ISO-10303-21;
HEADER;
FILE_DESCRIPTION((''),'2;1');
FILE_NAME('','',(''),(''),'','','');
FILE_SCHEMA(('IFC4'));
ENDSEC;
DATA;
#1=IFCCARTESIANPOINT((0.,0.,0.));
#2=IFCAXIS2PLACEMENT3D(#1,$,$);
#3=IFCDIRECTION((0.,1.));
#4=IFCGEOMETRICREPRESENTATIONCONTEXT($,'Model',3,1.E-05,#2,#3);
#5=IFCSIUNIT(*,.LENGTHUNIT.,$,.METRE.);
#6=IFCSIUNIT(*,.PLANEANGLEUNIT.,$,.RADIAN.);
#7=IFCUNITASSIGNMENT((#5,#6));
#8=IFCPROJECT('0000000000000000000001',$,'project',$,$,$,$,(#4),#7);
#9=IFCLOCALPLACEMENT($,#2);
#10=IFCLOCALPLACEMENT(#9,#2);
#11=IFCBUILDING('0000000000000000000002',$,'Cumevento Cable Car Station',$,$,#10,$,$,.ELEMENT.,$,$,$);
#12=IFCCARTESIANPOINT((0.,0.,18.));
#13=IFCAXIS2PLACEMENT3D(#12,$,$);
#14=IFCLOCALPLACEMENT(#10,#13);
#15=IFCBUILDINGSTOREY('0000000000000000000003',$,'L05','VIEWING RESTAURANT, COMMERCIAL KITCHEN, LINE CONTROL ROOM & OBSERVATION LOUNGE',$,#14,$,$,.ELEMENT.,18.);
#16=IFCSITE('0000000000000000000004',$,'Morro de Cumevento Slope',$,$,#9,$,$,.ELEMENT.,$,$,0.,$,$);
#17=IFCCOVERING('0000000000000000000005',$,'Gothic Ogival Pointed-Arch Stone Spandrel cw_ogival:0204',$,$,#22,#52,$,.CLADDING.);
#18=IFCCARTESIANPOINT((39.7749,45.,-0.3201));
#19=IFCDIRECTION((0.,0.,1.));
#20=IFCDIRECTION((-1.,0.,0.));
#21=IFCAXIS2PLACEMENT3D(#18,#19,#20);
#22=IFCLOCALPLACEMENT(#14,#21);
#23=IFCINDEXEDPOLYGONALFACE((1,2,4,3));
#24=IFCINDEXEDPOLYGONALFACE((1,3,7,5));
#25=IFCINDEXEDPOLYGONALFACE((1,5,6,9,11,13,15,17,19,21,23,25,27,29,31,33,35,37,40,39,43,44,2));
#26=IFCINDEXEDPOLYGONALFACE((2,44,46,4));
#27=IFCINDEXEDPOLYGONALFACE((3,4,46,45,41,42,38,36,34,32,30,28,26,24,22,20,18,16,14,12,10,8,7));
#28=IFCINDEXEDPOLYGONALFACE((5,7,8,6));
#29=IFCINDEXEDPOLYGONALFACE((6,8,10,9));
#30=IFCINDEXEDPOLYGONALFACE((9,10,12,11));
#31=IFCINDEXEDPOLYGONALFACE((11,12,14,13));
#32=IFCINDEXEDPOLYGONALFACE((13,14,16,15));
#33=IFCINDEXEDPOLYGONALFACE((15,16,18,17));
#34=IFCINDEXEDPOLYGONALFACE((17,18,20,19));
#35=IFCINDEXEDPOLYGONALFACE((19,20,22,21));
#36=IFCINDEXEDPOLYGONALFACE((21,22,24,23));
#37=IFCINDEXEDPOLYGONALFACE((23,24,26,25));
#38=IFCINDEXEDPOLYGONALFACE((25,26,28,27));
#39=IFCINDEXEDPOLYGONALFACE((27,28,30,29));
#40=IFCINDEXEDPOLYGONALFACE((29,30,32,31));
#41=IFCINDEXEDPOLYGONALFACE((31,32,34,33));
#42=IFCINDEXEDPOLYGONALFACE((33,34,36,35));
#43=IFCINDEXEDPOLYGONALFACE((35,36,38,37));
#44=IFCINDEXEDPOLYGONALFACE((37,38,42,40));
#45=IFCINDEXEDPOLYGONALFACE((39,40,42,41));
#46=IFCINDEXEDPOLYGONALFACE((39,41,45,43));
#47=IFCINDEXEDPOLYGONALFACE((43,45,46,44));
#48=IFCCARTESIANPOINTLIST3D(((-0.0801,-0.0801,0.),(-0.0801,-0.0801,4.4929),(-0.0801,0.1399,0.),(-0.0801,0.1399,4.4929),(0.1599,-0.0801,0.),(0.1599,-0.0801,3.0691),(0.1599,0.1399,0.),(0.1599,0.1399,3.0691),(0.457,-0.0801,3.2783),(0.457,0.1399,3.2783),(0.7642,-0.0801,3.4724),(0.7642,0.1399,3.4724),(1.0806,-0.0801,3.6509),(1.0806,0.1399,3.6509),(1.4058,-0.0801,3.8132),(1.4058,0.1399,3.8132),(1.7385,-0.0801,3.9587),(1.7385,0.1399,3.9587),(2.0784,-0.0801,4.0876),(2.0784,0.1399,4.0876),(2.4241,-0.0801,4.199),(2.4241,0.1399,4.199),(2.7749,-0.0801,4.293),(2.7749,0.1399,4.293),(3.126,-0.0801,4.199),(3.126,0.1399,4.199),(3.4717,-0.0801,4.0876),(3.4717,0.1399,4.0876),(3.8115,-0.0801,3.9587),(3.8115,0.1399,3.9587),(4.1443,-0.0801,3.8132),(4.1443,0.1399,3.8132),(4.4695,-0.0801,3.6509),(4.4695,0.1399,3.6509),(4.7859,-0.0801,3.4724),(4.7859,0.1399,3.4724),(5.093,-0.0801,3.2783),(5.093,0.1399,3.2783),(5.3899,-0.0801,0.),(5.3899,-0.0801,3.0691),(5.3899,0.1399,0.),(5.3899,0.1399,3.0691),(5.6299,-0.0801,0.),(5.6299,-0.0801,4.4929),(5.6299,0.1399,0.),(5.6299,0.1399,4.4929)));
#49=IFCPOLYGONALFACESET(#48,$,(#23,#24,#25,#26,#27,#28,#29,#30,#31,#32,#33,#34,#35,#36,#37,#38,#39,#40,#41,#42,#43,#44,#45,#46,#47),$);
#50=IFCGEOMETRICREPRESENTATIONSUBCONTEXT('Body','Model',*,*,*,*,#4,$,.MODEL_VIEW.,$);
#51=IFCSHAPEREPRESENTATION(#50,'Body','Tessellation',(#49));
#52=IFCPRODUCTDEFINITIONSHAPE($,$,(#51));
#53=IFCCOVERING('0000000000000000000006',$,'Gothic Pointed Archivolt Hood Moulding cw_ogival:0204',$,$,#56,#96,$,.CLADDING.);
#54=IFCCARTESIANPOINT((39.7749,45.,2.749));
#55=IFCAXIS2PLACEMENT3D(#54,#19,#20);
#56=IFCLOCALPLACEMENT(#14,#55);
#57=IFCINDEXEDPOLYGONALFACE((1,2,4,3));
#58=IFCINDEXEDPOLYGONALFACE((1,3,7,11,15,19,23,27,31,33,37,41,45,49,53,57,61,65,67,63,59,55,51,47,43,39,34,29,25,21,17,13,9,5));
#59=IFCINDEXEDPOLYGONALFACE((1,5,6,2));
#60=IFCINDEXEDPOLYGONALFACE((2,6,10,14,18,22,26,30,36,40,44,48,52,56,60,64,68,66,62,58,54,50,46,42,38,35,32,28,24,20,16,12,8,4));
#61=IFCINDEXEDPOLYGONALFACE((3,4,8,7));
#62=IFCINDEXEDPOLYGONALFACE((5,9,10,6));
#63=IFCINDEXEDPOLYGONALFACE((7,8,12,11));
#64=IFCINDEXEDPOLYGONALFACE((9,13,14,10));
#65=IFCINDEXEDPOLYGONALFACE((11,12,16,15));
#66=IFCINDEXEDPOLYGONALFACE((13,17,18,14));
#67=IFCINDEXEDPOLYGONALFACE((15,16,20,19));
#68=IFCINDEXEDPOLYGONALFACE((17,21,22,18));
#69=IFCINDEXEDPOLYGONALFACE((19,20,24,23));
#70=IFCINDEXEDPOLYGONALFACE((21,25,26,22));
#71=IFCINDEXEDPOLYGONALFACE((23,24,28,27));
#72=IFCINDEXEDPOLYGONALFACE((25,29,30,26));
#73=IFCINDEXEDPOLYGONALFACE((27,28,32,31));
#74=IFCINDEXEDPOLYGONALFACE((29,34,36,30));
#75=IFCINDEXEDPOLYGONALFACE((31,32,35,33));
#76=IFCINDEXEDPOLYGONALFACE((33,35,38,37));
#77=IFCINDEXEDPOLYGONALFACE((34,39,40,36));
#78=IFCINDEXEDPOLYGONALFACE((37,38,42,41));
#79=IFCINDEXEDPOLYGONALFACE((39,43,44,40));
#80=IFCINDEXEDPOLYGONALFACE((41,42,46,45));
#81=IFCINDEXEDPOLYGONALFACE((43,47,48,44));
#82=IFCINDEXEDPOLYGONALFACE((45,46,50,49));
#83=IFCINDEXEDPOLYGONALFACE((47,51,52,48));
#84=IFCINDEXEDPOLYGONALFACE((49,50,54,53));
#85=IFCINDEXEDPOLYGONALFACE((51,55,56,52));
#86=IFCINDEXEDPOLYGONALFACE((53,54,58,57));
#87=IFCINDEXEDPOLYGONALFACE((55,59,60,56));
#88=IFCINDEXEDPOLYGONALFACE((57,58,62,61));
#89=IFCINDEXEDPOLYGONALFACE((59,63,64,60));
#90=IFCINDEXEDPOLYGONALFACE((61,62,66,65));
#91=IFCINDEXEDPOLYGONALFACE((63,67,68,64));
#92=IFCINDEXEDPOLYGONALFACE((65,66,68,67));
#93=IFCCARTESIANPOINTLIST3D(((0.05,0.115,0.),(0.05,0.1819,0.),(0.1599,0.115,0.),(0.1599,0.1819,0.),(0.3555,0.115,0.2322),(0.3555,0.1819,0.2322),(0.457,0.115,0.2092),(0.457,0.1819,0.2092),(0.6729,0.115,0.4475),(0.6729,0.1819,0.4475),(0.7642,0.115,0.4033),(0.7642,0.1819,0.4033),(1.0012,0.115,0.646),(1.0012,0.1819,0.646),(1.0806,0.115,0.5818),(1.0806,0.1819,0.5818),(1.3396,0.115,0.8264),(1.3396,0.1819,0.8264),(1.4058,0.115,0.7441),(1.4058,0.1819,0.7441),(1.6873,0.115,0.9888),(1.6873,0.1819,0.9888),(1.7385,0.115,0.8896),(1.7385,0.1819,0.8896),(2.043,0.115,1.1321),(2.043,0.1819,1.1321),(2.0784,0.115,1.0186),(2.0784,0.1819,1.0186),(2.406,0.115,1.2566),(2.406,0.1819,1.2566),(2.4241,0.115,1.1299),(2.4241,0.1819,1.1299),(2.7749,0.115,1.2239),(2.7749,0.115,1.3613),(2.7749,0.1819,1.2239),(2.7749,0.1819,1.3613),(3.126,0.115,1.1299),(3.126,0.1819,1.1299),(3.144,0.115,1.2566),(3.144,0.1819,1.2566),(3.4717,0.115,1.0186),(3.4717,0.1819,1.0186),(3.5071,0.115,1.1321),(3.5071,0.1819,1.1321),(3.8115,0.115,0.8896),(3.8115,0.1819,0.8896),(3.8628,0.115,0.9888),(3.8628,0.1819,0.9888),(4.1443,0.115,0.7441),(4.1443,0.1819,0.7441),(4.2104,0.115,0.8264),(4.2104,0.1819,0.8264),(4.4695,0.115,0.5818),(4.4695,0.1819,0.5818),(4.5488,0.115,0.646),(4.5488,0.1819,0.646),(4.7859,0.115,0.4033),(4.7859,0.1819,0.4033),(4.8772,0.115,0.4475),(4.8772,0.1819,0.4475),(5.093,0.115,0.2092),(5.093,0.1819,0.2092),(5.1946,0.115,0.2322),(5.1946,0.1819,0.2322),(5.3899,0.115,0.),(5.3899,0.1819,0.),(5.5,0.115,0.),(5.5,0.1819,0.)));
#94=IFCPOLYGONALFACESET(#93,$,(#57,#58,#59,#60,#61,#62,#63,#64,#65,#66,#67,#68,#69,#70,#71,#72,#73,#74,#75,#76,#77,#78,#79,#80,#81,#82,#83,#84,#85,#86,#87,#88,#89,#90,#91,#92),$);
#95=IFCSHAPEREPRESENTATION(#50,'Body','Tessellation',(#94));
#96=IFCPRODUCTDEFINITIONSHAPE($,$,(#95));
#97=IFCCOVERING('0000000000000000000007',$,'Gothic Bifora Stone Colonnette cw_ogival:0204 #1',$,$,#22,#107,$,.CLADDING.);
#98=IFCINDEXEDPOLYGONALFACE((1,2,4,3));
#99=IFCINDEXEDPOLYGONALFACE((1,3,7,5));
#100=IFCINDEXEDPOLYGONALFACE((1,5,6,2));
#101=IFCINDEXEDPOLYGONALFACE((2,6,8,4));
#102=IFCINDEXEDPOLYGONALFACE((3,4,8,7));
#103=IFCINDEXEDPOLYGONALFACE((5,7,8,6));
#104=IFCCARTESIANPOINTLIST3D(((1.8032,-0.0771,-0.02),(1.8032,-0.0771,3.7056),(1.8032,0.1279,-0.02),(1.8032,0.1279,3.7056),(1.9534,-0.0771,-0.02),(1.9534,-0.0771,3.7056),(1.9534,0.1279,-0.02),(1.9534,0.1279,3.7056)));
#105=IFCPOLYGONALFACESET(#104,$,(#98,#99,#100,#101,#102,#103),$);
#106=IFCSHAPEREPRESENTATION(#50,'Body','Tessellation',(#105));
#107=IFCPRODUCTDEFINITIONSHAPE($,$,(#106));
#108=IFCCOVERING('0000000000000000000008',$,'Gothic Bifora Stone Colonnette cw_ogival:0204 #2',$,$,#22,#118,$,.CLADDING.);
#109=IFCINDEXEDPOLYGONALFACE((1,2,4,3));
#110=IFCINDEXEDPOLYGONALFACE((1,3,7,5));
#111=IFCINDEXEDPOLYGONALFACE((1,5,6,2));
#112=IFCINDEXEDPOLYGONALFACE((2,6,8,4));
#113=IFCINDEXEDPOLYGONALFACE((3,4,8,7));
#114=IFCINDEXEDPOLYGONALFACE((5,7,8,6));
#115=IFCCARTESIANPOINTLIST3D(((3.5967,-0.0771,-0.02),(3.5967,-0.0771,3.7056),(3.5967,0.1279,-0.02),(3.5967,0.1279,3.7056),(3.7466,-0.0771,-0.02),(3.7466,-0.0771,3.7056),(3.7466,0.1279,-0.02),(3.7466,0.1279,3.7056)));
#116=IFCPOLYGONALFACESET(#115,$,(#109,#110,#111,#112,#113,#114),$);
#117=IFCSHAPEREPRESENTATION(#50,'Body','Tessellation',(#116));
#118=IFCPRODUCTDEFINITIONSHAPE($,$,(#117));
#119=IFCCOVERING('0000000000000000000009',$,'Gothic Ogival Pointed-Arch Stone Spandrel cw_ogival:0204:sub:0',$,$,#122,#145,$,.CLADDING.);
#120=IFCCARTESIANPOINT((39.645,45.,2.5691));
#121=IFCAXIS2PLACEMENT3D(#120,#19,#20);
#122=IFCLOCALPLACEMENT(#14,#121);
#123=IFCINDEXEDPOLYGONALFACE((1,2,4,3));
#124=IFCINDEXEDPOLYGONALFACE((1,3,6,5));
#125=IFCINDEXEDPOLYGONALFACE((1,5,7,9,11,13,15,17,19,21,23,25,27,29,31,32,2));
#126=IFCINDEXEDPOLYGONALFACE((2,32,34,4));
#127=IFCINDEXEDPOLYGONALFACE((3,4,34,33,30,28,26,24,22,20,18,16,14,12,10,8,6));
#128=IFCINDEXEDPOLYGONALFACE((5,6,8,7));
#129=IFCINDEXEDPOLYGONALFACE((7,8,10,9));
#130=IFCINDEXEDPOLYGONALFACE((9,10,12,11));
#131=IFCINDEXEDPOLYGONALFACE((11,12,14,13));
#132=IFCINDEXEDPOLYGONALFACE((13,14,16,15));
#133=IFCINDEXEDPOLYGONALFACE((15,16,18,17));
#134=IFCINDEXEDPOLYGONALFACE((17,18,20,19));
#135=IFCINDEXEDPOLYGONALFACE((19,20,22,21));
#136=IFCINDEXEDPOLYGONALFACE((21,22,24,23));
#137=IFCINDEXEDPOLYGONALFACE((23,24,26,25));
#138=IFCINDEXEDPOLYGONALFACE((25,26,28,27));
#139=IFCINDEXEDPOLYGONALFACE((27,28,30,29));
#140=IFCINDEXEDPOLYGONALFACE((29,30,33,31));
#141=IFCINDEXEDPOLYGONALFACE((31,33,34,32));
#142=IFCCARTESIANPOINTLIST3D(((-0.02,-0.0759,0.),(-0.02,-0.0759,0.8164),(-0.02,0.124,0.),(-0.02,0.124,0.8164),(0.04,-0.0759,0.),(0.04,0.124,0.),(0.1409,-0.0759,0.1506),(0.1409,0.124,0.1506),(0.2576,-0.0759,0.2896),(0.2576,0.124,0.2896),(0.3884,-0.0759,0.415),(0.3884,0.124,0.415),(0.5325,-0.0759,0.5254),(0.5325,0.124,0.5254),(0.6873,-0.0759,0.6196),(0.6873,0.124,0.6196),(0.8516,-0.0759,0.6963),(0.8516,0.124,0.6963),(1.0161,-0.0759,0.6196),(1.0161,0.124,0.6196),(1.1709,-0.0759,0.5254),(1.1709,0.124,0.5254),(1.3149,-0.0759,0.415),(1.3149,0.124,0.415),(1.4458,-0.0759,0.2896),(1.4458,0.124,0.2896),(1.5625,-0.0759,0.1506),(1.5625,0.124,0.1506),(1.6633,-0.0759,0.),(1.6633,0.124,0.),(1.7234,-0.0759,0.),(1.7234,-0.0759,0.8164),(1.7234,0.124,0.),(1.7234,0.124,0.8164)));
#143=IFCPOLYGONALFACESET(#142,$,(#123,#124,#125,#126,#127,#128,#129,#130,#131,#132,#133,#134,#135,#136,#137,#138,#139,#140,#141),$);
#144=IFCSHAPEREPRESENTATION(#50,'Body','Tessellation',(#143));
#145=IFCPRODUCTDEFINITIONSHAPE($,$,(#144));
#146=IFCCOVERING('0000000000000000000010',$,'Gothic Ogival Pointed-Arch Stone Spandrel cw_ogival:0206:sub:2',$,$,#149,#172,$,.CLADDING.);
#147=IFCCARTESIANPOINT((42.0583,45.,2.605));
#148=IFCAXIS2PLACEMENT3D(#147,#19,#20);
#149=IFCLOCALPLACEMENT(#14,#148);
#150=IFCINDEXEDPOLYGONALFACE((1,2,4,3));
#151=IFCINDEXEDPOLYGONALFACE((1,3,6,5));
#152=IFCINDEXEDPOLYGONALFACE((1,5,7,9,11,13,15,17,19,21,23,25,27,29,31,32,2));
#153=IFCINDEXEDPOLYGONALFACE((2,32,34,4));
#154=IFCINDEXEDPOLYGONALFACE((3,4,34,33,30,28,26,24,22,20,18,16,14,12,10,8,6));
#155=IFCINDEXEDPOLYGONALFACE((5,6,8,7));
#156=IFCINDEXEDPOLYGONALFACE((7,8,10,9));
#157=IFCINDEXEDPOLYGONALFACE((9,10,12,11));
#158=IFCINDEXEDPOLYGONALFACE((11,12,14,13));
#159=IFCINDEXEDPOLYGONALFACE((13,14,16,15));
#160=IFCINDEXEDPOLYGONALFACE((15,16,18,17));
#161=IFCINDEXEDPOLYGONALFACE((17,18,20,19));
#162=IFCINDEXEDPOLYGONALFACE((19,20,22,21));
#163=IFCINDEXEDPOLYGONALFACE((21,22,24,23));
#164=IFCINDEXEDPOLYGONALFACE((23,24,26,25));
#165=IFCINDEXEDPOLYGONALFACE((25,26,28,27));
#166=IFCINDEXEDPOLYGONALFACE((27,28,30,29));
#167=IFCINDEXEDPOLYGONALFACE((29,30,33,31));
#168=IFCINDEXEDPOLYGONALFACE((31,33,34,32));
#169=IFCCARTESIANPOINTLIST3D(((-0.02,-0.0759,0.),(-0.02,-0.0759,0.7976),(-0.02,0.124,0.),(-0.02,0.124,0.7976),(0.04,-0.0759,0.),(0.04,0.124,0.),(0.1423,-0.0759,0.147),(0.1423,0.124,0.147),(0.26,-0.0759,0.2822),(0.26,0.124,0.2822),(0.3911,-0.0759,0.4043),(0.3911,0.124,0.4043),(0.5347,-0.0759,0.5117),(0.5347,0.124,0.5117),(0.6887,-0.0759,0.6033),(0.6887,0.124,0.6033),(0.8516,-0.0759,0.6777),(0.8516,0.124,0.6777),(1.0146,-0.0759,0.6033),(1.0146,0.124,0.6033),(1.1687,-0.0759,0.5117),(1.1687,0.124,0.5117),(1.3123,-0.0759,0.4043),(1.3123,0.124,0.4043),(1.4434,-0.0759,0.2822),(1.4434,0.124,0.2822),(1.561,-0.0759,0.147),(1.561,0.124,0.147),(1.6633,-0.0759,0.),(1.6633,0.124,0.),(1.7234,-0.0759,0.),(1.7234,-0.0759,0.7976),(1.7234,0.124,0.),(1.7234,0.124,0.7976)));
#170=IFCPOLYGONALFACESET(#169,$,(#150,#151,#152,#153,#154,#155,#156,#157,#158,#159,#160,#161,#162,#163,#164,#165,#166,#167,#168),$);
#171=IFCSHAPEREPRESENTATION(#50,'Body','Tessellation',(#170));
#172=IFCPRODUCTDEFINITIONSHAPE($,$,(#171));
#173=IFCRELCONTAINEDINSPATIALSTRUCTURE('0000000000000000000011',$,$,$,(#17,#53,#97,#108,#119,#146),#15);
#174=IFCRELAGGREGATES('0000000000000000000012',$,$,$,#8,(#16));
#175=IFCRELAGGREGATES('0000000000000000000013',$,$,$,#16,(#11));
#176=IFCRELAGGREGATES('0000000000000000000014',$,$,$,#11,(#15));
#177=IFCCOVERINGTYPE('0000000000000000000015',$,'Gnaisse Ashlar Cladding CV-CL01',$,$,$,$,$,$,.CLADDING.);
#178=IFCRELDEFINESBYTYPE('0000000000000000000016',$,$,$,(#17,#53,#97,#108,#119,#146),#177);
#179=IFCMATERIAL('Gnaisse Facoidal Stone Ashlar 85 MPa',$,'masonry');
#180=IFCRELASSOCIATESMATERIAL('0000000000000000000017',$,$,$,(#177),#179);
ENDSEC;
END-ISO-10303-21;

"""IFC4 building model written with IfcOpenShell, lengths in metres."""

from ifc_helpers import new_model, si_unit, direction, frame, origin, place, context, subcontext, project, spatial, polyline, outline, extrude, material, type_object, element, save


model = new_model("IFC4")

# Units and contexts
model_context = context("Model", 3, precision=1e-05, world=origin(), true_north=direction((0.0, 1.0)))
body_context = subcontext(model_context, "Body", "Model", "MODEL_VIEW")
ifc_project = project(units=[si_unit("LENGTHUNIT", "METRE"), si_unit("PLANEANGLEUNIT", "RADIAN")], contexts=[model_context])

# Site, building, storey
site_placement = place(None, origin())
site = spatial("IfcSite", under=ifc_project, at=site_placement, Name="Morro de Cumevento Slope", CompositionType="ELEMENT", RefElevation=0.0)
building_placement = place(site_placement, origin())
building = spatial("IfcBuilding", under=site, at=building_placement, Name="Cumevento Cable Car Station", CompositionType="ELEMENT")
storey_placement = place(building_placement, frame((0.0, 0.0, 18.0)))
storey = spatial("IfcBuildingStorey", under=building, at=storey_placement, Name="L05", Description="VIEWING RESTAURANT, COMMERCIAL KITCHEN, LINE CONTROL ROOM & OBSERVATION LOUNGE", CompositionType="ELEMENT", Elevation=18.0)

# Coverings
ifc_material_1 = material(Name="Gnaisse Facoidal Stone Ashlar 85 MPa", Category="masonry")
covering_type = type_object("IfcCoveringType", Name="Gnaisse Ashlar Cladding CV-CL01", PredefinedType="CLADDING", material=ifc_material_1)
placement = place(storey_placement, frame((39.7749, 45.0, -0.3201), z_axis=(0.0, 0.0, 1.0), x_axis=(-1.0, 0.0, 0.0)))
element("IfcCovering", 1, at=placement, inside=storey, type_object=covering_type, Name="Gothic Ogival Pointed-Arch Stone Spandrel cw_ogival:0204", PredefinedType="CLADDING", context=body_context, shape_type="SweptSolid", body=[
    extrude(outline(polyline([(-0.0801, 0.0), (-0.0801, 4.4929), (5.6299, 4.4929), (5.6299, 0.0), (5.3899, 0.0), (5.3899, 3.0691), (5.093, 3.2783), (4.7859, 3.4724), (4.4695, 3.6509), (4.1443, 3.8132), (3.8115, 3.9587), (3.4717, 4.0876), (3.126, 4.199), (2.7749, 4.293), (2.4241, 4.199), (2.0784, 4.0876), (1.7385, 3.9587), (1.4058, 3.8132), (1.0806, 3.6509), (0.7642, 3.4724), (0.457, 3.2783), (0.1599, 3.0691), (0.1599, 0.0), (-0.0801, 0.0)])), frame((0.0, 0.1399, 0.0), z_axis=(0.0, -1.0, 0.0), x_axis=(1.0, 0.0, 0.0)), (0.0, 0.0, 1.0), 0.22),
])
covering_1_placement = place(storey_placement, frame((39.7749, 45.0, 2.749), z_axis=(0.0, 0.0, 1.0), x_axis=(-1.0, 0.0, 0.0)))
element("IfcCovering", 2, at=covering_1_placement, inside=storey, type_object=covering_type, Name="Gothic Pointed Archivolt Hood Moulding cw_ogival:0204", PredefinedType="CLADDING", context=body_context, shape_type="SweptSolid", body=[
    extrude(outline(polyline([(0.1599, 0.0), (0.457, 0.2092), (0.7642, 0.4033), (1.0806, 0.5818), (1.4058, 0.7441), (1.7385, 0.8896), (2.0784, 1.0186), (2.4241, 1.1299), (2.7749, 1.2239), (3.126, 1.1299), (3.4717, 1.0186), (3.8115, 0.8896), (4.1443, 0.7441), (4.4695, 0.5818), (4.7859, 0.4033), (5.093, 0.2092), (5.3899, 0.0), (5.5, 0.0), (5.1946, 0.2322), (4.8772, 0.4475), (4.5488, 0.646), (4.2104, 0.8264), (3.8628, 0.9888), (3.5071, 1.1321), (3.144, 1.2566), (2.7749, 1.3613), (2.406, 1.2566), (2.043, 1.1321), (1.6873, 0.9888), (1.3396, 0.8264), (1.0012, 0.646), (0.6729, 0.4475), (0.3555, 0.2322), (0.05, 0.0), (0.1599, 0.0)])), frame((0.0, 0.1819, 0.0), z_axis=(0.0, -1.0, 0.0), x_axis=(1.0, 0.0, 0.0)), (0.0, 0.0, 1.0), 0.0669),
])
element("IfcCovering", 3, at=placement, inside=storey, type_object=covering_type, Name="Gothic Bifora Stone Colonnette cw_ogival:0204 #1", PredefinedType="CLADDING", context=body_context, shape_type="SweptSolid", body=[
    extrude(outline(polyline([(1.8032, -0.02), (1.9534, -0.02), (1.9534, 3.7056), (1.8032, 3.7056), (1.8032, -0.02)])), frame((0.0, 0.1279, 0.0), z_axis=(0.0, -1.0, 0.0), x_axis=(1.0, 0.0, 0.0)), (0.0, 0.0, 1.0), 0.2051),
])
element("IfcCovering", 4, at=placement, inside=storey, type_object=covering_type, Name="Gothic Bifora Stone Colonnette cw_ogival:0204 #2", PredefinedType="CLADDING", context=body_context, shape_type="SweptSolid", body=[
    extrude(outline(polyline([(3.5967, -0.02), (3.7466, -0.02), (3.7466, 3.7056), (3.5967, 3.7056), (3.5967, -0.02)])), frame((0.0, 0.1279, 0.0), z_axis=(0.0, -1.0, 0.0), x_axis=(1.0, 0.0, 0.0)), (0.0, 0.0, 1.0), 0.2051),
])
covering_2_placement = place(storey_placement, frame((39.645, 45.0, 2.5691), z_axis=(0.0, 0.0, 1.0), x_axis=(-1.0, 0.0, 0.0)))
element("IfcCovering", 5, at=covering_2_placement, inside=storey, type_object=covering_type, Name="Gothic Ogival Pointed-Arch Stone Spandrel cw_ogival:0204:sub:0", PredefinedType="CLADDING", context=body_context, shape_type="SweptSolid", body=[
    extrude(outline(polyline([(-0.02, 0.0), (-0.02, 0.8164), (1.7234, 0.8164), (1.7234, 0.0), (1.6633, 0.0), (1.5625, 0.1506), (1.4458, 0.2896), (1.3149, 0.415), (1.1709, 0.5254), (1.0161, 0.6196), (0.8516, 0.6963), (0.6873, 0.6196), (0.5325, 0.5254), (0.3884, 0.415), (0.2576, 0.2896), (0.1409, 0.1506), (0.04, 0.0), (-0.02, 0.0)])), frame((0.0, 0.124, 0.0), z_axis=(0.0, -1.0, 0.0), x_axis=(1.0, 0.0, 0.0)), (0.0, 0.0, 1.0), 0.2),
])
covering_3_placement = place(storey_placement, frame((42.0583, 45.0, 2.605), z_axis=(0.0, 0.0, 1.0), x_axis=(-1.0, 0.0, 0.0)))
element("IfcCovering", 6, at=covering_3_placement, inside=storey, type_object=covering_type, Name="Gothic Ogival Pointed-Arch Stone Spandrel cw_ogival:0206:sub:2", PredefinedType="CLADDING", context=body_context, shape_type="SweptSolid", body=[
    extrude(outline(polyline([(-0.02, 0.0), (-0.02, 0.7976), (1.7234, 0.7976), (1.7234, 0.0), (1.6633, 0.0), (1.561, 0.147), (1.4434, 0.2822), (1.3123, 0.4043), (1.1687, 0.5117), (1.0146, 0.6033), (0.8516, 0.6777), (0.6887, 0.6033), (0.5347, 0.5117), (0.3911, 0.4043), (0.26, 0.2822), (0.1423, 0.147), (0.04, 0.0), (-0.02, 0.0)])), frame((0.0, 0.124, 0.0), z_axis=(0.0, -1.0, 0.0), x_axis=(1.0, 0.0, 0.0)), (0.0, 0.0, 1.0), 0.2),
])

save(model, "model.ifc")
